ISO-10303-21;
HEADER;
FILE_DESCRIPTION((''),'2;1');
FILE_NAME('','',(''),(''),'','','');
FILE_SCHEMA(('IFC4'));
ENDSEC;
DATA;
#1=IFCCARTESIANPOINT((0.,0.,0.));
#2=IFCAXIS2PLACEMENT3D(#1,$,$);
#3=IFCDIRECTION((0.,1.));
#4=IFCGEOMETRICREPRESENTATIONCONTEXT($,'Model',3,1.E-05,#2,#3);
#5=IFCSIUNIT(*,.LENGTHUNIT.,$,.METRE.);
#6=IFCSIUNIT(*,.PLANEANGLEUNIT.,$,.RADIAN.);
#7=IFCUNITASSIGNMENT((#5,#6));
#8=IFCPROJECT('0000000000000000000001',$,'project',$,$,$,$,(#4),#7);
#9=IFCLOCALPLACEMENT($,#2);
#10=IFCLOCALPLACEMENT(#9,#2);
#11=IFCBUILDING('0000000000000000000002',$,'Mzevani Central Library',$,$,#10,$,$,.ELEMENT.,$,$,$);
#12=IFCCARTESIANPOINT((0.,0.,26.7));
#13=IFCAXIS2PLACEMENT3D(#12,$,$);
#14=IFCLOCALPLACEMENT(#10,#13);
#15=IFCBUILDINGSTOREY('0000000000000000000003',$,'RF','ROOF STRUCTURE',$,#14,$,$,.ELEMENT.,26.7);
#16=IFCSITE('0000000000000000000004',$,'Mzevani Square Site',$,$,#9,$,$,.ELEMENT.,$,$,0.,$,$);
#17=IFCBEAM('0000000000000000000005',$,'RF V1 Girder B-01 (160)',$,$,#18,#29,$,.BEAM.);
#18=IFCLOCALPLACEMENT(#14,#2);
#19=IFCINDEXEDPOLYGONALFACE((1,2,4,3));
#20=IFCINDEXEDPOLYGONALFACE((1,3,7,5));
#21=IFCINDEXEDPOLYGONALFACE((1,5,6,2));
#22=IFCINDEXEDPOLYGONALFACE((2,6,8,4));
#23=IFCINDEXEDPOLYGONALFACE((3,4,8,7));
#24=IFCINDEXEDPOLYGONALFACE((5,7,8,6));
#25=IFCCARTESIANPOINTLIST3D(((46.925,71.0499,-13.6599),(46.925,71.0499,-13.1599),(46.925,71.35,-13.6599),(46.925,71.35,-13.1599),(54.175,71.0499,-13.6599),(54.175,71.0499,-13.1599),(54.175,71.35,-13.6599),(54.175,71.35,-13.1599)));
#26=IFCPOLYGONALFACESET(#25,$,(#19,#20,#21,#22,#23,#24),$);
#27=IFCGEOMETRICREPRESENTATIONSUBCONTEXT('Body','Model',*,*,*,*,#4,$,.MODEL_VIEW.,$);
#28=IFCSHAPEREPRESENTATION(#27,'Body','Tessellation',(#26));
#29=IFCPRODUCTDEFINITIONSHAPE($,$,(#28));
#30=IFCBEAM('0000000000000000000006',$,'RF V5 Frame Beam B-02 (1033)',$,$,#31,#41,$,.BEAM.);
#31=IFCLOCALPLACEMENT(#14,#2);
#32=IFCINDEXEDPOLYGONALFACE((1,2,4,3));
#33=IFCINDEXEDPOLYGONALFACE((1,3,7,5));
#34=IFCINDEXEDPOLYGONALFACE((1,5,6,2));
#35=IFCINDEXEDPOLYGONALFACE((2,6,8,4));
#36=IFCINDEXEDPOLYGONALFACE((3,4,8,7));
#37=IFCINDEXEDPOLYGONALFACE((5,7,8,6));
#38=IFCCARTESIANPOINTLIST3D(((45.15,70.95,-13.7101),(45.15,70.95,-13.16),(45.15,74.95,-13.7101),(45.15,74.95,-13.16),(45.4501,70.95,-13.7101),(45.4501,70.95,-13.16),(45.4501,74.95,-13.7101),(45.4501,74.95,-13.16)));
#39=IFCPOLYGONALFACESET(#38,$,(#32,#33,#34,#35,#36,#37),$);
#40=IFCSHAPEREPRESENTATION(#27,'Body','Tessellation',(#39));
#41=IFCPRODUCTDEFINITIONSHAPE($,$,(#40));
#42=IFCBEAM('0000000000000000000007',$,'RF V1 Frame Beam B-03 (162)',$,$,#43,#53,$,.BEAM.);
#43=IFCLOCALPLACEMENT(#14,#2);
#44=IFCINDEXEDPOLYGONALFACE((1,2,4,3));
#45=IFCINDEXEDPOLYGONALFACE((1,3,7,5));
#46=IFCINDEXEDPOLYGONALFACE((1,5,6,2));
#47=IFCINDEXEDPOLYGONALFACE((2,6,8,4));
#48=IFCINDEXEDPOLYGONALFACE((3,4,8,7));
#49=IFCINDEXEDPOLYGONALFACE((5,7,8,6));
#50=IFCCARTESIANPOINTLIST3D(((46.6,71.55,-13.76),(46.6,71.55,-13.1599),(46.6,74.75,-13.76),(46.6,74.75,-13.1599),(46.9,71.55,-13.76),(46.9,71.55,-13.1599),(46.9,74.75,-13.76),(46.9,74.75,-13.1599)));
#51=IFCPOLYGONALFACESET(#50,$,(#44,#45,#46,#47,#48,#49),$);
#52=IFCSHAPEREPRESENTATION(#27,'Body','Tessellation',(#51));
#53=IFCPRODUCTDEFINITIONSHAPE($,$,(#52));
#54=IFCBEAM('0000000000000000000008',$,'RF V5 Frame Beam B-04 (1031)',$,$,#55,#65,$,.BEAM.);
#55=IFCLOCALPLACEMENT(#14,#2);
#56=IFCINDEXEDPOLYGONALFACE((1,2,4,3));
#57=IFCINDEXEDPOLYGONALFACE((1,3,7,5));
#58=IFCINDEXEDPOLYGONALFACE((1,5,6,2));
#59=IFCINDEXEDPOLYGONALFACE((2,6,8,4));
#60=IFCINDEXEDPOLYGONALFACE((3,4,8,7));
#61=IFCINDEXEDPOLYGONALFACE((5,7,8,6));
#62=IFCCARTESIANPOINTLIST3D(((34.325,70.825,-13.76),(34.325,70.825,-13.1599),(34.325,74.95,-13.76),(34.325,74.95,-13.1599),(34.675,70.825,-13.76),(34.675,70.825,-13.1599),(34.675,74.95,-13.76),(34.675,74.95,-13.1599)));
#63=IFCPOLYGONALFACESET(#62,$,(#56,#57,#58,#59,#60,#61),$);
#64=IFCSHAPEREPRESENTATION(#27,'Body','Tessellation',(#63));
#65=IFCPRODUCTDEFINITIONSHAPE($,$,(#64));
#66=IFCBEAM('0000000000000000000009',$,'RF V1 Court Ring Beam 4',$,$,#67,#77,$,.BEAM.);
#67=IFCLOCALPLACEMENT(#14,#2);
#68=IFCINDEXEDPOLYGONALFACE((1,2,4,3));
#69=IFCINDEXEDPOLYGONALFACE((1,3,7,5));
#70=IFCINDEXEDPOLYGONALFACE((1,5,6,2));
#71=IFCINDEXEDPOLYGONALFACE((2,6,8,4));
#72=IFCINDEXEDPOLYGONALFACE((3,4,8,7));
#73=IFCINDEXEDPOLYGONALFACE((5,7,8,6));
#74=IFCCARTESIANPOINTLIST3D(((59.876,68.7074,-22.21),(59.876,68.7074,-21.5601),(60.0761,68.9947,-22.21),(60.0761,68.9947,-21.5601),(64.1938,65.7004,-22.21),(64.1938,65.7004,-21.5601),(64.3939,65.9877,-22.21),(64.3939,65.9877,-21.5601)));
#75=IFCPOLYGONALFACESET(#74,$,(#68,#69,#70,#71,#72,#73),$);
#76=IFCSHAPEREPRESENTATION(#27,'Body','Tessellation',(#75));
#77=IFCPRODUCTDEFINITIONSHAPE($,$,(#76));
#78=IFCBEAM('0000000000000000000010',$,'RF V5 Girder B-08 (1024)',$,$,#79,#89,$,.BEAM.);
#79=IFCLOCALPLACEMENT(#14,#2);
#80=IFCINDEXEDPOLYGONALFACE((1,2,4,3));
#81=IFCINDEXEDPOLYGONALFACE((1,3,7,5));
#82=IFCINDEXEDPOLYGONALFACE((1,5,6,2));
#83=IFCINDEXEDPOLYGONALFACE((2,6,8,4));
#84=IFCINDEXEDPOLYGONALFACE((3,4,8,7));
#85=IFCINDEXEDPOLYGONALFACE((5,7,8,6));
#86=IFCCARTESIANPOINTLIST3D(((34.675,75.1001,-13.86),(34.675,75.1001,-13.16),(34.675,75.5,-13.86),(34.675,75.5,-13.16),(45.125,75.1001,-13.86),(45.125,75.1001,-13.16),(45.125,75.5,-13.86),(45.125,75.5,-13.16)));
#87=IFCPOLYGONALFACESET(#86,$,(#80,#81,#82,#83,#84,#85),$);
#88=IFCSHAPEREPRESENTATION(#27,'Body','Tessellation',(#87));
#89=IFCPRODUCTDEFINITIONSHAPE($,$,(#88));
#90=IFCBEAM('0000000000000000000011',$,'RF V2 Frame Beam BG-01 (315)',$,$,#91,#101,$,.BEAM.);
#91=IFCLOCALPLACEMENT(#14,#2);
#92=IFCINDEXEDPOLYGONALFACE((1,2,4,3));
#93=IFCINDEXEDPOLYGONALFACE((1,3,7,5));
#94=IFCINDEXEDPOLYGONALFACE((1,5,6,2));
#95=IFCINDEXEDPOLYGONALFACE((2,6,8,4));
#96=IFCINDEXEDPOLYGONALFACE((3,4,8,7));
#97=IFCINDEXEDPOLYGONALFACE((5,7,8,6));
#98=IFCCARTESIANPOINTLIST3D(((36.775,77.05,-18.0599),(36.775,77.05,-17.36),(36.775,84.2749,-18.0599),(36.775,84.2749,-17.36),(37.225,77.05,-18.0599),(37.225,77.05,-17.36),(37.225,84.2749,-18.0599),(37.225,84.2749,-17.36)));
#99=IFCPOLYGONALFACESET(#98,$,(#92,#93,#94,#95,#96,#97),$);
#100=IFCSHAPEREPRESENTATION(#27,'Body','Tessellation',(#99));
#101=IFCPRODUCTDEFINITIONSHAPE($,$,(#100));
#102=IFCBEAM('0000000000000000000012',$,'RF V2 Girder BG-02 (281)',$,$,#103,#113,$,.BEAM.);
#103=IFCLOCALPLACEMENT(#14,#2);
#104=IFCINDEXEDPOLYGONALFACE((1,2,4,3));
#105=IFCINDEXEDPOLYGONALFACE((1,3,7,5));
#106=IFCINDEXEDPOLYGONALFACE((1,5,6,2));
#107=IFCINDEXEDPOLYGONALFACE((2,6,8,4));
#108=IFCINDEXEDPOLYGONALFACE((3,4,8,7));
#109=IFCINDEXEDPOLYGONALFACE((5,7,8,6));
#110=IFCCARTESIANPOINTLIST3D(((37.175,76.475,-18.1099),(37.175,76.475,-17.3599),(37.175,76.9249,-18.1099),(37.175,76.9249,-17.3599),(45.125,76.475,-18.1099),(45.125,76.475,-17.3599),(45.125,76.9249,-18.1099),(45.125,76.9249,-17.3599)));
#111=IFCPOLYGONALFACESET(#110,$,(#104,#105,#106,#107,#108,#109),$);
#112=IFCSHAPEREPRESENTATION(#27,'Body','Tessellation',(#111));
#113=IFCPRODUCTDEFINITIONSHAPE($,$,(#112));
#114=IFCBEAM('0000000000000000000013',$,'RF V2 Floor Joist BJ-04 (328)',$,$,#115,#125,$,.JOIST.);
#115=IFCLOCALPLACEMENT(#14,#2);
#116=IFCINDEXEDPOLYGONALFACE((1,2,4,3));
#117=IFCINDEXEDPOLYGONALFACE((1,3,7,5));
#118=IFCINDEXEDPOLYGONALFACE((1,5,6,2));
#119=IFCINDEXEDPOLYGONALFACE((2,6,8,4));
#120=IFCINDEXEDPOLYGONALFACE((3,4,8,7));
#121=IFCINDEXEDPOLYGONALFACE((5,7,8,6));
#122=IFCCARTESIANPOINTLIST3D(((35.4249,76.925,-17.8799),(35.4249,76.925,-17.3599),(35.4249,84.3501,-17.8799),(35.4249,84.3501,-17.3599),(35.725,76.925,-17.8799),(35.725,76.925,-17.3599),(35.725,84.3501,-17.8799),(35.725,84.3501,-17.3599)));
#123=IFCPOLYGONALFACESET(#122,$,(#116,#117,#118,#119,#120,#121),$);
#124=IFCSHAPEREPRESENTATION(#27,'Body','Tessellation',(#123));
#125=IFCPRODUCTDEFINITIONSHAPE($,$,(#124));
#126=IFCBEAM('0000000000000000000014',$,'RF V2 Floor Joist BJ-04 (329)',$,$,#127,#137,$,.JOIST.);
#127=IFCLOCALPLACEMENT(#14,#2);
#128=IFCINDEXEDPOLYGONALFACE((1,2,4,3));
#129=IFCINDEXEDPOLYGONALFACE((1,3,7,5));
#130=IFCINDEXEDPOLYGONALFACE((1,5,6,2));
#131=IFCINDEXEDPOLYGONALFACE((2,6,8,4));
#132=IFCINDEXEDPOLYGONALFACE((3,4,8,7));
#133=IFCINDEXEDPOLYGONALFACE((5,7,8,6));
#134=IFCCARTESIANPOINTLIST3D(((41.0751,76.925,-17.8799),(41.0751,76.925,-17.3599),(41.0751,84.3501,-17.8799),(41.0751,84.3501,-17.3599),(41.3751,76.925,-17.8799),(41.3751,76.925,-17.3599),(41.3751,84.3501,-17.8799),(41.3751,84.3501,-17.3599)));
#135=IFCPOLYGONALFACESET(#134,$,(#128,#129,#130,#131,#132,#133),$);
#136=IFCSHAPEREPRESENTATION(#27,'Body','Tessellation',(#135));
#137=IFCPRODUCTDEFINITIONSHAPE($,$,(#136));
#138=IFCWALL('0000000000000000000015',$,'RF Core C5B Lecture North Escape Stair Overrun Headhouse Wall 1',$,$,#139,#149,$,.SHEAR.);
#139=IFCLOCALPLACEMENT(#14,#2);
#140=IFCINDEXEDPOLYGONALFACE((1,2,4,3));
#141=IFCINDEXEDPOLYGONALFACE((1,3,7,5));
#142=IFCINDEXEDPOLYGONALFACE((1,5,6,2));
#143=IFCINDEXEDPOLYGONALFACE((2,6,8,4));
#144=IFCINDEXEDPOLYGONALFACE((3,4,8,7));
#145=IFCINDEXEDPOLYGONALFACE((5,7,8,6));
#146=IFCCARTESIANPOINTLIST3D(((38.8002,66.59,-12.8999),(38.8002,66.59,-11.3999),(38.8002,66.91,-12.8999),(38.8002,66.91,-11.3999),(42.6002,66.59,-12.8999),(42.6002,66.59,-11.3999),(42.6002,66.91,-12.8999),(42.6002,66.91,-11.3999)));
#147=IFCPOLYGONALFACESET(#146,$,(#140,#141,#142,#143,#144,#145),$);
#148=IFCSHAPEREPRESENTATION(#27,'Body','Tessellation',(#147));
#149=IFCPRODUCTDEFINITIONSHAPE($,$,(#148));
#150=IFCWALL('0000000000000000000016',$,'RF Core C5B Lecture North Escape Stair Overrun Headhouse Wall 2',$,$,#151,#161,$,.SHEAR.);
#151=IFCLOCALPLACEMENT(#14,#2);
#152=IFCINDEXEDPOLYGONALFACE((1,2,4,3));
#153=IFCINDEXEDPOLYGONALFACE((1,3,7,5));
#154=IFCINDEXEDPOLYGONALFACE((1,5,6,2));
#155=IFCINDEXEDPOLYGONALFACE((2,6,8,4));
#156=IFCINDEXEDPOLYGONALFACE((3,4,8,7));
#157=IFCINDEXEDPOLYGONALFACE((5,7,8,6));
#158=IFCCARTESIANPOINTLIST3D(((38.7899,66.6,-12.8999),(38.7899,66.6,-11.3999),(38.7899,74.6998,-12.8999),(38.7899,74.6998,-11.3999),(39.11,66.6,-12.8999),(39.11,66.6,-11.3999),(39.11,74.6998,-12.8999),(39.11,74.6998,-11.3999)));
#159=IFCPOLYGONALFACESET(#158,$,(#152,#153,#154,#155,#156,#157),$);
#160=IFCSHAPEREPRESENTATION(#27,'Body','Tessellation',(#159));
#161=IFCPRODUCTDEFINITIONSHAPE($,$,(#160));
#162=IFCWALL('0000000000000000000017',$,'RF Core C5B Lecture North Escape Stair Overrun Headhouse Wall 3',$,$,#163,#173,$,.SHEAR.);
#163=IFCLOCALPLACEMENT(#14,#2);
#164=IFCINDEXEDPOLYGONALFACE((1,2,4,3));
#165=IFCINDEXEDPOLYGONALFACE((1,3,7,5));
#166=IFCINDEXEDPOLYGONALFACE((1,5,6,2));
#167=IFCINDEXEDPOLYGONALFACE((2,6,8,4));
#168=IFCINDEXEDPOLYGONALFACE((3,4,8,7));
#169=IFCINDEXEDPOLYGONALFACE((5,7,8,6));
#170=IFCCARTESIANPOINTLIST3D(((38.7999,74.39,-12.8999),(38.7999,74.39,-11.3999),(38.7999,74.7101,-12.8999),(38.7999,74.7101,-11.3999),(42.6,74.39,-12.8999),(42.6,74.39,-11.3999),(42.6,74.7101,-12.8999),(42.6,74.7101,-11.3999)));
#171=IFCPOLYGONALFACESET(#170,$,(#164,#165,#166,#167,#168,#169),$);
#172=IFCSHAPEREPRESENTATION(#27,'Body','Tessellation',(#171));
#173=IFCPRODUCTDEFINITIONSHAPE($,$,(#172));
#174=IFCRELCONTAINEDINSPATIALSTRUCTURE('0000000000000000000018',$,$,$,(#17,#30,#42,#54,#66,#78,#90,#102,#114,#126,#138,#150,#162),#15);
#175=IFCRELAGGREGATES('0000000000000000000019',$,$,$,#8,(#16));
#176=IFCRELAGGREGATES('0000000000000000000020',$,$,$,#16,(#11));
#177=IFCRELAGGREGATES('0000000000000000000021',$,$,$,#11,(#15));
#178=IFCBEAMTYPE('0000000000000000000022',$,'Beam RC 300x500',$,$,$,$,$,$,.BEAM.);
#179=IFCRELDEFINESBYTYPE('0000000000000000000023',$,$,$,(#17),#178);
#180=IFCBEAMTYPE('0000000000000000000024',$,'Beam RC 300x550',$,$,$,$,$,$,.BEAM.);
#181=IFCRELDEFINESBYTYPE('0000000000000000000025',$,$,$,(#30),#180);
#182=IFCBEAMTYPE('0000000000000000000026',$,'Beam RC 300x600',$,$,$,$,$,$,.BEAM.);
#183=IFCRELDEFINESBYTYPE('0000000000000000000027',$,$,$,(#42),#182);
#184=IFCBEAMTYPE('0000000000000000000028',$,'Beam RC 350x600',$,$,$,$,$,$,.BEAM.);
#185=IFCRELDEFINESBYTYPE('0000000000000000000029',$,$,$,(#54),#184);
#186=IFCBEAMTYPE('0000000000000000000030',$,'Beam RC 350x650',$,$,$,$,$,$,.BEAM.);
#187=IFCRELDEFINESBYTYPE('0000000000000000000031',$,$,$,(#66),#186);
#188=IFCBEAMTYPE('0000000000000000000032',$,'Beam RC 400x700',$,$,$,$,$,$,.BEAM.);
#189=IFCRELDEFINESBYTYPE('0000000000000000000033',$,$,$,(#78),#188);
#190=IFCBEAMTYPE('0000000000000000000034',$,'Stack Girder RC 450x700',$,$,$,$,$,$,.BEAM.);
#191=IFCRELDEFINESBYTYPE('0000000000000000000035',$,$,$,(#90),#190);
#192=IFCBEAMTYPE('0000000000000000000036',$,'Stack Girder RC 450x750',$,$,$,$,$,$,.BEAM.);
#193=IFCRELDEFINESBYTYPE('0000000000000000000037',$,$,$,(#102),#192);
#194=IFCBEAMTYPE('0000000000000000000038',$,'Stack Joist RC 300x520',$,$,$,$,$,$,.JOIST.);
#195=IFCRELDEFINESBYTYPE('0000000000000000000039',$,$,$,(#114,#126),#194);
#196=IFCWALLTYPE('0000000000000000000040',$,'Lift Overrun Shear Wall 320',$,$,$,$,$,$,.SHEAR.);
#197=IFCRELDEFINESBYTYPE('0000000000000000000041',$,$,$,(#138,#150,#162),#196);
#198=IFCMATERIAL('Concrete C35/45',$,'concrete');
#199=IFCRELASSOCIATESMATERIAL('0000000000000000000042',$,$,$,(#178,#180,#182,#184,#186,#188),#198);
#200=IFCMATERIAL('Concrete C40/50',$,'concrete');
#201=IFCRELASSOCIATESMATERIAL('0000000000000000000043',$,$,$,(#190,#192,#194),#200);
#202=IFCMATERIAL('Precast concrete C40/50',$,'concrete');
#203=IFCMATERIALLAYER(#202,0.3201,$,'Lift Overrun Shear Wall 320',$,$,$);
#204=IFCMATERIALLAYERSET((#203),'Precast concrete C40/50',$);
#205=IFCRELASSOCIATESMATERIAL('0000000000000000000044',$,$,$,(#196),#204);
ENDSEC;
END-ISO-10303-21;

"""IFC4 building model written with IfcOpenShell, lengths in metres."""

from ifc_helpers import new_model, si_unit, direction, frame, frame_2d, origin, origin_2d, place, context, subcontext, project, spatial, rectangle, extrude, material, layer, layer_set, material_profile, profile_set, type_object, element, save


model = new_model("IFC4")

# Units and contexts
model_context = context("Model", 3, precision=1e-05, world=origin(), true_north=direction((0.0, 1.0)))
body_context = subcontext(model_context, "Body", "Model", "MODEL_VIEW")
ifc_project = project(units=[si_unit("LENGTHUNIT", "METRE"), si_unit("PLANEANGLEUNIT", "RADIAN")], contexts=[model_context])

# Site, building, storey
site_placement = place(None, origin())
site = spatial("IfcSite", under=ifc_project, at=site_placement, Name="Mzevani Square Site", CompositionType="ELEMENT", RefElevation=0.0)
building_placement = place(site_placement, origin())
building = spatial("IfcBuilding", under=site, at=building_placement, Name="Mzevani Central Library", CompositionType="ELEMENT")
storey_placement = place(building_placement, frame((0.0, 0.0, 26.7)))
storey = spatial("IfcBuildingStorey", under=building, at=storey_placement, Name="RF", Description="ROOF STRUCTURE", CompositionType="ELEMENT", Elevation=26.7)

# Beams
ifc_material_1 = material(Name="Concrete C35/45", Category="concrete")
ifc_material_profile_1 = material_profile(ifc_material_1, rectangle(XDim=0.3, YDim=0.5, at=origin_2d()), Name="RC B300x500")
ifc_profile_set_1 = profile_set([ifc_material_profile_1], Name="Concrete C35/45")
beam_type_1 = type_object("IfcBeamType", Name="Beam RC 300x500", PredefinedType="BEAM", material=ifc_profile_set_1)
beam_1_placement = place(storey_placement, frame((46.925, 71.2, -13.4099), z_axis=(1.0, 0.0, 0.0), x_axis=(0.0, 1.0, 0.0)))
element("IfcBeam", 1, at=beam_1_placement, inside=storey, type_object=beam_type_1, Name="RF V1 Girder B-01 (160)", PredefinedType="BEAM", context=body_context, shape_type="SweptSolid", body=[
    extrude(rectangle(XDim=0.3, YDim=0.5, at=origin_2d()), origin(), (0.0, 0.0, 1.0), 7.25),
])
ifc_material_profile_2 = material_profile(ifc_material_1, rectangle(XDim=0.3, YDim=0.55, at=origin_2d()), Name="RC B300x550")
ifc_profile_set_2 = profile_set([ifc_material_profile_2], Name="Concrete C35/45")
beam_type_2 = type_object("IfcBeamType", Name="Beam RC 300x550", PredefinedType="BEAM", material=ifc_profile_set_2)
beam_2_placement = place(storey_placement, frame((45.3, 70.95, -13.4351), z_axis=(0.0, 1.0, 0.0), x_axis=(-1.0, 0.0, 0.0)))
element("IfcBeam", 2, at=beam_2_placement, inside=storey, type_object=beam_type_2, Name="RF V5 Frame Beam B-02 (1033)", PredefinedType="BEAM", context=body_context, shape_type="SweptSolid", body=[
    extrude(rectangle(XDim=0.3, YDim=0.55, at=origin_2d()), origin(), (0.0, 0.0, 1.0), 4.0),
])
ifc_material_profile_3 = material_profile(ifc_material_1, rectangle(XDim=0.3, YDim=0.6001, at=origin_2d()), Name="RC B300x600")
ifc_profile_set_3 = profile_set([ifc_material_profile_3], Name="Concrete C35/45")
beam_type_3 = type_object("IfcBeamType", Name="Beam RC 300x600", PredefinedType="BEAM", material=ifc_profile_set_3)
beam_3_placement = place(storey_placement, frame((46.75, 71.55, -13.46), z_axis=(0.0, 1.0, 0.0), x_axis=(-1.0, 0.0, 0.0)))
element("IfcBeam", 3, at=beam_3_placement, inside=storey, type_object=beam_type_3, Name="RF V1 Frame Beam B-03 (162)", PredefinedType="BEAM", context=body_context, shape_type="SweptSolid", body=[
    extrude(rectangle(XDim=0.3, YDim=0.6001, at=origin_2d()), origin(), (0.0, 0.0, 1.0), 3.2),
])
ifc_material_profile_4 = material_profile(ifc_material_1, rectangle(XDim=0.3501, YDim=0.6001, at=origin_2d()), Name="RC B350x600")
ifc_profile_set_4 = profile_set([ifc_material_profile_4], Name="Concrete C35/45")
beam_type_4 = type_object("IfcBeamType", Name="Beam RC 350x600", PredefinedType="BEAM", material=ifc_profile_set_4)
beam_4_placement = place(storey_placement, frame((34.5, 70.825, -13.46), z_axis=(0.0, 1.0, 0.0), x_axis=(-1.0, 0.0, 0.0)))
element("IfcBeam", 4, at=beam_4_placement, inside=storey, type_object=beam_type_4, Name="RF V5 Frame Beam B-04 (1031)", PredefinedType="BEAM", context=body_context, shape_type="SweptSolid", body=[
    extrude(rectangle(XDim=0.3501, YDim=0.6001, at=origin_2d()), origin(), (0.0, 0.0, 1.0), 4.125),
])
ifc_material_profile_5 = material_profile(ifc_material_1, rectangle(XDim=0.3501, YDim=0.6499, at=origin_2d()), Name="RC B350x650")
ifc_profile_set_5 = profile_set([ifc_material_profile_5], Name="Concrete C35/45")
beam_type_5 = type_object("IfcBeamType", Name="Beam RC 350x650", PredefinedType="BEAM", material=ifc_profile_set_5)
beam_5_placement = place(storey_placement, frame((59.9761, 68.8511, -21.885), z_axis=(0.820607, -0.571493, 0.0), x_axis=(0.571493, 0.820607, 0.0)))
element("IfcBeam", 5, at=beam_5_placement, inside=storey, type_object=beam_type_5, Name="RF V1 Court Ring Beam 4", PredefinedType="BEAM", context=body_context, shape_type="SweptSolid", body=[
    extrude(rectangle(XDim=0.3501, YDim=0.6499, at=origin_2d()), origin(), (0.0, 0.0, 1.0), 5.2617),
])
ifc_material_profile_6 = material_profile(ifc_material_1, rectangle(XDim=0.3999, YDim=0.7, at=origin_2d()), Name="RC B400x700")
ifc_profile_set_6 = profile_set([ifc_material_profile_6], Name="Concrete C35/45")
beam_type_6 = type_object("IfcBeamType", Name="Beam RC 400x700", PredefinedType="BEAM", material=ifc_profile_set_6)
beam_6_placement = place(storey_placement, frame((34.675, 75.3, -13.51), z_axis=(1.0, 0.0, 0.0), x_axis=(0.0, 1.0, 0.0)))
element("IfcBeam", 6, at=beam_6_placement, inside=storey, type_object=beam_type_6, Name="RF V5 Girder B-08 (1024)", PredefinedType="BEAM", context=body_context, shape_type="SweptSolid", body=[
    extrude(rectangle(XDim=0.3999, YDim=0.7, at=origin_2d()), origin(), (0.0, 0.0, 1.0), 10.45),
])
ifc_material_2 = material(Name="Concrete C40/50", Category="concrete")
ifc_material_profile_7 = material_profile(ifc_material_2, rectangle(XDim=0.45, YDim=0.7, at=origin_2d()), Name="RC B450x700")
ifc_profile_set_7 = profile_set([ifc_material_profile_7], Name="Concrete C40/50")
beam_type_7 = type_object("IfcBeamType", Name="Stack Girder RC 450x700", PredefinedType="BEAM", material=ifc_profile_set_7)
beam_7_placement = place(storey_placement, frame((37.0, 77.05, -17.71), z_axis=(0.0, 1.0, 0.0), x_axis=(-1.0, 0.0, 0.0)))
element("IfcBeam", 7, at=beam_7_placement, inside=storey, type_object=beam_type_7, Name="RF V2 Frame Beam BG-01 (315)", PredefinedType="BEAM", context=body_context, shape_type="SweptSolid", body=[
    extrude(rectangle(XDim=0.45, YDim=0.7, at=origin_2d()), origin(), (0.0, 0.0, 1.0), 7.2249),
])
ifc_material_profile_8 = material_profile(ifc_material_2, rectangle(XDim=0.45, YDim=0.75, at=origin_2d()), Name="RC B450x750")
ifc_profile_set_8 = profile_set([ifc_material_profile_8], Name="Concrete C40/50")
beam_type_8 = type_object("IfcBeamType", Name="Stack Girder RC 450x750", PredefinedType="BEAM", material=ifc_profile_set_8)
beam_8_placement = place(storey_placement, frame((37.175, 76.7, -17.7349), z_axis=(1.0, 0.0, 0.0), x_axis=(0.0, 1.0, 0.0)))
element("IfcBeam", 8, at=beam_8_placement, inside=storey, type_object=beam_type_8, Name="RF V2 Girder BG-02 (281)", PredefinedType="BEAM", context=body_context, shape_type="SweptSolid", body=[
    extrude(rectangle(XDim=0.45, YDim=0.75, at=origin_2d()), origin(), (0.0, 0.0, 1.0), 7.95),
])
ifc_material_profile_9 = material_profile(ifc_material_2, rectangle(XDim=0.3, YDim=0.52, at=origin_2d()), Name="RC J300x520")
ifc_profile_set_9 = profile_set([ifc_material_profile_9], Name="Concrete C40/50")
beam_type_9 = type_object("IfcBeamType", Name="Stack Joist RC 300x520", PredefinedType="JOIST", material=ifc_profile_set_9)
for number, where, z_axis, x_axis, name in (
    (9, (35.575, 76.925, -17.6199), (0.0, 1.0, 0.0), (-1.0, 0.0, 0.0), "RF V2 Floor Joist BJ-04 (328)"),
    (10, (41.2251, 76.925, -17.6199), (0.0, 1.0, 0.0), (-1.0, 0.0, 0.0), "RF V2 Floor Joist BJ-04 (329)"),
):
    element("IfcBeam", number, at=place(storey_placement, frame(where, z_axis=z_axis, x_axis=x_axis)), inside=storey, type_object=beam_type_9, Name=name, PredefinedType="JOIST", context=body_context, shape_type="SweptSolid", body=[
        extrude(rectangle(XDim=0.3, YDim=0.52, at=origin_2d()), origin(), (0.0, 0.0, 1.0), 7.425),
    ])

# Walls
ifc_material_3 = material(Name="Precast concrete C40/50", Category="concrete")
ifc_layer_1 = layer(ifc_material_3, 0.3201, Name="Lift Overrun Shear Wall 320")
ifc_layer_set_1 = layer_set([ifc_layer_1], Name="Precast concrete C40/50")
wall_type_1 = type_object("IfcWallType", Name="Lift Overrun Shear Wall 320", PredefinedType="SHEAR", material=ifc_layer_set_1)
wall_1_placement = place(storey_placement, frame((42.6001, 66.75, -12.8999), z_axis=(0.0, 0.0, 1.0), x_axis=(-1.0, 0.0, 0.0)))
element("IfcWall", 11, at=wall_1_placement, inside=storey, type_object=wall_type_1, Name="RF Core C5B Lecture North Escape Stair Overrun Headhouse Wall 1", PredefinedType="SHEAR", context=body_context, shape_type="SweptSolid", body=[
    extrude(rectangle(XDim=3.8, YDim=0.3201, at=frame_2d((1.8999, 0.0))), origin(), (0.0, 0.0, 1.0), 1.5),
])
wall_2_placement = place(storey_placement, frame((38.95, 66.6001, -12.8999), z_axis=(0.0, 0.0, 1.0), x_axis=(0.0, 1.0, 0.0)))
element("IfcWall", 12, at=wall_2_placement, inside=storey, type_object=wall_type_1, Name="RF Core C5B Lecture North Escape Stair Overrun Headhouse Wall 2", PredefinedType="SHEAR", context=body_context, shape_type="SweptSolid", body=[
    extrude(rectangle(XDim=8.0999, YDim=0.3201, at=frame_2d((4.0498, 0.0))), origin(), (0.0, 0.0, 1.0), 1.5),
])
wall_3_placement = place(storey_placement, frame((38.8, 74.55, -12.8999), z_axis=(0.0, 0.0, 1.0), x_axis=(1.0, 0.0, 0.0)))
element("IfcWall", 13, at=wall_3_placement, inside=storey, type_object=wall_type_1, Name="RF Core C5B Lecture North Escape Stair Overrun Headhouse Wall 3", PredefinedType="SHEAR", context=body_context, shape_type="SweptSolid", body=[
    extrude(rectangle(XDim=3.8, YDim=0.3201, at=frame_2d((1.8999, 0.0))), origin(), (0.0, 0.0, 1.0), 1.5),
])

save(model, "model.ifc")
